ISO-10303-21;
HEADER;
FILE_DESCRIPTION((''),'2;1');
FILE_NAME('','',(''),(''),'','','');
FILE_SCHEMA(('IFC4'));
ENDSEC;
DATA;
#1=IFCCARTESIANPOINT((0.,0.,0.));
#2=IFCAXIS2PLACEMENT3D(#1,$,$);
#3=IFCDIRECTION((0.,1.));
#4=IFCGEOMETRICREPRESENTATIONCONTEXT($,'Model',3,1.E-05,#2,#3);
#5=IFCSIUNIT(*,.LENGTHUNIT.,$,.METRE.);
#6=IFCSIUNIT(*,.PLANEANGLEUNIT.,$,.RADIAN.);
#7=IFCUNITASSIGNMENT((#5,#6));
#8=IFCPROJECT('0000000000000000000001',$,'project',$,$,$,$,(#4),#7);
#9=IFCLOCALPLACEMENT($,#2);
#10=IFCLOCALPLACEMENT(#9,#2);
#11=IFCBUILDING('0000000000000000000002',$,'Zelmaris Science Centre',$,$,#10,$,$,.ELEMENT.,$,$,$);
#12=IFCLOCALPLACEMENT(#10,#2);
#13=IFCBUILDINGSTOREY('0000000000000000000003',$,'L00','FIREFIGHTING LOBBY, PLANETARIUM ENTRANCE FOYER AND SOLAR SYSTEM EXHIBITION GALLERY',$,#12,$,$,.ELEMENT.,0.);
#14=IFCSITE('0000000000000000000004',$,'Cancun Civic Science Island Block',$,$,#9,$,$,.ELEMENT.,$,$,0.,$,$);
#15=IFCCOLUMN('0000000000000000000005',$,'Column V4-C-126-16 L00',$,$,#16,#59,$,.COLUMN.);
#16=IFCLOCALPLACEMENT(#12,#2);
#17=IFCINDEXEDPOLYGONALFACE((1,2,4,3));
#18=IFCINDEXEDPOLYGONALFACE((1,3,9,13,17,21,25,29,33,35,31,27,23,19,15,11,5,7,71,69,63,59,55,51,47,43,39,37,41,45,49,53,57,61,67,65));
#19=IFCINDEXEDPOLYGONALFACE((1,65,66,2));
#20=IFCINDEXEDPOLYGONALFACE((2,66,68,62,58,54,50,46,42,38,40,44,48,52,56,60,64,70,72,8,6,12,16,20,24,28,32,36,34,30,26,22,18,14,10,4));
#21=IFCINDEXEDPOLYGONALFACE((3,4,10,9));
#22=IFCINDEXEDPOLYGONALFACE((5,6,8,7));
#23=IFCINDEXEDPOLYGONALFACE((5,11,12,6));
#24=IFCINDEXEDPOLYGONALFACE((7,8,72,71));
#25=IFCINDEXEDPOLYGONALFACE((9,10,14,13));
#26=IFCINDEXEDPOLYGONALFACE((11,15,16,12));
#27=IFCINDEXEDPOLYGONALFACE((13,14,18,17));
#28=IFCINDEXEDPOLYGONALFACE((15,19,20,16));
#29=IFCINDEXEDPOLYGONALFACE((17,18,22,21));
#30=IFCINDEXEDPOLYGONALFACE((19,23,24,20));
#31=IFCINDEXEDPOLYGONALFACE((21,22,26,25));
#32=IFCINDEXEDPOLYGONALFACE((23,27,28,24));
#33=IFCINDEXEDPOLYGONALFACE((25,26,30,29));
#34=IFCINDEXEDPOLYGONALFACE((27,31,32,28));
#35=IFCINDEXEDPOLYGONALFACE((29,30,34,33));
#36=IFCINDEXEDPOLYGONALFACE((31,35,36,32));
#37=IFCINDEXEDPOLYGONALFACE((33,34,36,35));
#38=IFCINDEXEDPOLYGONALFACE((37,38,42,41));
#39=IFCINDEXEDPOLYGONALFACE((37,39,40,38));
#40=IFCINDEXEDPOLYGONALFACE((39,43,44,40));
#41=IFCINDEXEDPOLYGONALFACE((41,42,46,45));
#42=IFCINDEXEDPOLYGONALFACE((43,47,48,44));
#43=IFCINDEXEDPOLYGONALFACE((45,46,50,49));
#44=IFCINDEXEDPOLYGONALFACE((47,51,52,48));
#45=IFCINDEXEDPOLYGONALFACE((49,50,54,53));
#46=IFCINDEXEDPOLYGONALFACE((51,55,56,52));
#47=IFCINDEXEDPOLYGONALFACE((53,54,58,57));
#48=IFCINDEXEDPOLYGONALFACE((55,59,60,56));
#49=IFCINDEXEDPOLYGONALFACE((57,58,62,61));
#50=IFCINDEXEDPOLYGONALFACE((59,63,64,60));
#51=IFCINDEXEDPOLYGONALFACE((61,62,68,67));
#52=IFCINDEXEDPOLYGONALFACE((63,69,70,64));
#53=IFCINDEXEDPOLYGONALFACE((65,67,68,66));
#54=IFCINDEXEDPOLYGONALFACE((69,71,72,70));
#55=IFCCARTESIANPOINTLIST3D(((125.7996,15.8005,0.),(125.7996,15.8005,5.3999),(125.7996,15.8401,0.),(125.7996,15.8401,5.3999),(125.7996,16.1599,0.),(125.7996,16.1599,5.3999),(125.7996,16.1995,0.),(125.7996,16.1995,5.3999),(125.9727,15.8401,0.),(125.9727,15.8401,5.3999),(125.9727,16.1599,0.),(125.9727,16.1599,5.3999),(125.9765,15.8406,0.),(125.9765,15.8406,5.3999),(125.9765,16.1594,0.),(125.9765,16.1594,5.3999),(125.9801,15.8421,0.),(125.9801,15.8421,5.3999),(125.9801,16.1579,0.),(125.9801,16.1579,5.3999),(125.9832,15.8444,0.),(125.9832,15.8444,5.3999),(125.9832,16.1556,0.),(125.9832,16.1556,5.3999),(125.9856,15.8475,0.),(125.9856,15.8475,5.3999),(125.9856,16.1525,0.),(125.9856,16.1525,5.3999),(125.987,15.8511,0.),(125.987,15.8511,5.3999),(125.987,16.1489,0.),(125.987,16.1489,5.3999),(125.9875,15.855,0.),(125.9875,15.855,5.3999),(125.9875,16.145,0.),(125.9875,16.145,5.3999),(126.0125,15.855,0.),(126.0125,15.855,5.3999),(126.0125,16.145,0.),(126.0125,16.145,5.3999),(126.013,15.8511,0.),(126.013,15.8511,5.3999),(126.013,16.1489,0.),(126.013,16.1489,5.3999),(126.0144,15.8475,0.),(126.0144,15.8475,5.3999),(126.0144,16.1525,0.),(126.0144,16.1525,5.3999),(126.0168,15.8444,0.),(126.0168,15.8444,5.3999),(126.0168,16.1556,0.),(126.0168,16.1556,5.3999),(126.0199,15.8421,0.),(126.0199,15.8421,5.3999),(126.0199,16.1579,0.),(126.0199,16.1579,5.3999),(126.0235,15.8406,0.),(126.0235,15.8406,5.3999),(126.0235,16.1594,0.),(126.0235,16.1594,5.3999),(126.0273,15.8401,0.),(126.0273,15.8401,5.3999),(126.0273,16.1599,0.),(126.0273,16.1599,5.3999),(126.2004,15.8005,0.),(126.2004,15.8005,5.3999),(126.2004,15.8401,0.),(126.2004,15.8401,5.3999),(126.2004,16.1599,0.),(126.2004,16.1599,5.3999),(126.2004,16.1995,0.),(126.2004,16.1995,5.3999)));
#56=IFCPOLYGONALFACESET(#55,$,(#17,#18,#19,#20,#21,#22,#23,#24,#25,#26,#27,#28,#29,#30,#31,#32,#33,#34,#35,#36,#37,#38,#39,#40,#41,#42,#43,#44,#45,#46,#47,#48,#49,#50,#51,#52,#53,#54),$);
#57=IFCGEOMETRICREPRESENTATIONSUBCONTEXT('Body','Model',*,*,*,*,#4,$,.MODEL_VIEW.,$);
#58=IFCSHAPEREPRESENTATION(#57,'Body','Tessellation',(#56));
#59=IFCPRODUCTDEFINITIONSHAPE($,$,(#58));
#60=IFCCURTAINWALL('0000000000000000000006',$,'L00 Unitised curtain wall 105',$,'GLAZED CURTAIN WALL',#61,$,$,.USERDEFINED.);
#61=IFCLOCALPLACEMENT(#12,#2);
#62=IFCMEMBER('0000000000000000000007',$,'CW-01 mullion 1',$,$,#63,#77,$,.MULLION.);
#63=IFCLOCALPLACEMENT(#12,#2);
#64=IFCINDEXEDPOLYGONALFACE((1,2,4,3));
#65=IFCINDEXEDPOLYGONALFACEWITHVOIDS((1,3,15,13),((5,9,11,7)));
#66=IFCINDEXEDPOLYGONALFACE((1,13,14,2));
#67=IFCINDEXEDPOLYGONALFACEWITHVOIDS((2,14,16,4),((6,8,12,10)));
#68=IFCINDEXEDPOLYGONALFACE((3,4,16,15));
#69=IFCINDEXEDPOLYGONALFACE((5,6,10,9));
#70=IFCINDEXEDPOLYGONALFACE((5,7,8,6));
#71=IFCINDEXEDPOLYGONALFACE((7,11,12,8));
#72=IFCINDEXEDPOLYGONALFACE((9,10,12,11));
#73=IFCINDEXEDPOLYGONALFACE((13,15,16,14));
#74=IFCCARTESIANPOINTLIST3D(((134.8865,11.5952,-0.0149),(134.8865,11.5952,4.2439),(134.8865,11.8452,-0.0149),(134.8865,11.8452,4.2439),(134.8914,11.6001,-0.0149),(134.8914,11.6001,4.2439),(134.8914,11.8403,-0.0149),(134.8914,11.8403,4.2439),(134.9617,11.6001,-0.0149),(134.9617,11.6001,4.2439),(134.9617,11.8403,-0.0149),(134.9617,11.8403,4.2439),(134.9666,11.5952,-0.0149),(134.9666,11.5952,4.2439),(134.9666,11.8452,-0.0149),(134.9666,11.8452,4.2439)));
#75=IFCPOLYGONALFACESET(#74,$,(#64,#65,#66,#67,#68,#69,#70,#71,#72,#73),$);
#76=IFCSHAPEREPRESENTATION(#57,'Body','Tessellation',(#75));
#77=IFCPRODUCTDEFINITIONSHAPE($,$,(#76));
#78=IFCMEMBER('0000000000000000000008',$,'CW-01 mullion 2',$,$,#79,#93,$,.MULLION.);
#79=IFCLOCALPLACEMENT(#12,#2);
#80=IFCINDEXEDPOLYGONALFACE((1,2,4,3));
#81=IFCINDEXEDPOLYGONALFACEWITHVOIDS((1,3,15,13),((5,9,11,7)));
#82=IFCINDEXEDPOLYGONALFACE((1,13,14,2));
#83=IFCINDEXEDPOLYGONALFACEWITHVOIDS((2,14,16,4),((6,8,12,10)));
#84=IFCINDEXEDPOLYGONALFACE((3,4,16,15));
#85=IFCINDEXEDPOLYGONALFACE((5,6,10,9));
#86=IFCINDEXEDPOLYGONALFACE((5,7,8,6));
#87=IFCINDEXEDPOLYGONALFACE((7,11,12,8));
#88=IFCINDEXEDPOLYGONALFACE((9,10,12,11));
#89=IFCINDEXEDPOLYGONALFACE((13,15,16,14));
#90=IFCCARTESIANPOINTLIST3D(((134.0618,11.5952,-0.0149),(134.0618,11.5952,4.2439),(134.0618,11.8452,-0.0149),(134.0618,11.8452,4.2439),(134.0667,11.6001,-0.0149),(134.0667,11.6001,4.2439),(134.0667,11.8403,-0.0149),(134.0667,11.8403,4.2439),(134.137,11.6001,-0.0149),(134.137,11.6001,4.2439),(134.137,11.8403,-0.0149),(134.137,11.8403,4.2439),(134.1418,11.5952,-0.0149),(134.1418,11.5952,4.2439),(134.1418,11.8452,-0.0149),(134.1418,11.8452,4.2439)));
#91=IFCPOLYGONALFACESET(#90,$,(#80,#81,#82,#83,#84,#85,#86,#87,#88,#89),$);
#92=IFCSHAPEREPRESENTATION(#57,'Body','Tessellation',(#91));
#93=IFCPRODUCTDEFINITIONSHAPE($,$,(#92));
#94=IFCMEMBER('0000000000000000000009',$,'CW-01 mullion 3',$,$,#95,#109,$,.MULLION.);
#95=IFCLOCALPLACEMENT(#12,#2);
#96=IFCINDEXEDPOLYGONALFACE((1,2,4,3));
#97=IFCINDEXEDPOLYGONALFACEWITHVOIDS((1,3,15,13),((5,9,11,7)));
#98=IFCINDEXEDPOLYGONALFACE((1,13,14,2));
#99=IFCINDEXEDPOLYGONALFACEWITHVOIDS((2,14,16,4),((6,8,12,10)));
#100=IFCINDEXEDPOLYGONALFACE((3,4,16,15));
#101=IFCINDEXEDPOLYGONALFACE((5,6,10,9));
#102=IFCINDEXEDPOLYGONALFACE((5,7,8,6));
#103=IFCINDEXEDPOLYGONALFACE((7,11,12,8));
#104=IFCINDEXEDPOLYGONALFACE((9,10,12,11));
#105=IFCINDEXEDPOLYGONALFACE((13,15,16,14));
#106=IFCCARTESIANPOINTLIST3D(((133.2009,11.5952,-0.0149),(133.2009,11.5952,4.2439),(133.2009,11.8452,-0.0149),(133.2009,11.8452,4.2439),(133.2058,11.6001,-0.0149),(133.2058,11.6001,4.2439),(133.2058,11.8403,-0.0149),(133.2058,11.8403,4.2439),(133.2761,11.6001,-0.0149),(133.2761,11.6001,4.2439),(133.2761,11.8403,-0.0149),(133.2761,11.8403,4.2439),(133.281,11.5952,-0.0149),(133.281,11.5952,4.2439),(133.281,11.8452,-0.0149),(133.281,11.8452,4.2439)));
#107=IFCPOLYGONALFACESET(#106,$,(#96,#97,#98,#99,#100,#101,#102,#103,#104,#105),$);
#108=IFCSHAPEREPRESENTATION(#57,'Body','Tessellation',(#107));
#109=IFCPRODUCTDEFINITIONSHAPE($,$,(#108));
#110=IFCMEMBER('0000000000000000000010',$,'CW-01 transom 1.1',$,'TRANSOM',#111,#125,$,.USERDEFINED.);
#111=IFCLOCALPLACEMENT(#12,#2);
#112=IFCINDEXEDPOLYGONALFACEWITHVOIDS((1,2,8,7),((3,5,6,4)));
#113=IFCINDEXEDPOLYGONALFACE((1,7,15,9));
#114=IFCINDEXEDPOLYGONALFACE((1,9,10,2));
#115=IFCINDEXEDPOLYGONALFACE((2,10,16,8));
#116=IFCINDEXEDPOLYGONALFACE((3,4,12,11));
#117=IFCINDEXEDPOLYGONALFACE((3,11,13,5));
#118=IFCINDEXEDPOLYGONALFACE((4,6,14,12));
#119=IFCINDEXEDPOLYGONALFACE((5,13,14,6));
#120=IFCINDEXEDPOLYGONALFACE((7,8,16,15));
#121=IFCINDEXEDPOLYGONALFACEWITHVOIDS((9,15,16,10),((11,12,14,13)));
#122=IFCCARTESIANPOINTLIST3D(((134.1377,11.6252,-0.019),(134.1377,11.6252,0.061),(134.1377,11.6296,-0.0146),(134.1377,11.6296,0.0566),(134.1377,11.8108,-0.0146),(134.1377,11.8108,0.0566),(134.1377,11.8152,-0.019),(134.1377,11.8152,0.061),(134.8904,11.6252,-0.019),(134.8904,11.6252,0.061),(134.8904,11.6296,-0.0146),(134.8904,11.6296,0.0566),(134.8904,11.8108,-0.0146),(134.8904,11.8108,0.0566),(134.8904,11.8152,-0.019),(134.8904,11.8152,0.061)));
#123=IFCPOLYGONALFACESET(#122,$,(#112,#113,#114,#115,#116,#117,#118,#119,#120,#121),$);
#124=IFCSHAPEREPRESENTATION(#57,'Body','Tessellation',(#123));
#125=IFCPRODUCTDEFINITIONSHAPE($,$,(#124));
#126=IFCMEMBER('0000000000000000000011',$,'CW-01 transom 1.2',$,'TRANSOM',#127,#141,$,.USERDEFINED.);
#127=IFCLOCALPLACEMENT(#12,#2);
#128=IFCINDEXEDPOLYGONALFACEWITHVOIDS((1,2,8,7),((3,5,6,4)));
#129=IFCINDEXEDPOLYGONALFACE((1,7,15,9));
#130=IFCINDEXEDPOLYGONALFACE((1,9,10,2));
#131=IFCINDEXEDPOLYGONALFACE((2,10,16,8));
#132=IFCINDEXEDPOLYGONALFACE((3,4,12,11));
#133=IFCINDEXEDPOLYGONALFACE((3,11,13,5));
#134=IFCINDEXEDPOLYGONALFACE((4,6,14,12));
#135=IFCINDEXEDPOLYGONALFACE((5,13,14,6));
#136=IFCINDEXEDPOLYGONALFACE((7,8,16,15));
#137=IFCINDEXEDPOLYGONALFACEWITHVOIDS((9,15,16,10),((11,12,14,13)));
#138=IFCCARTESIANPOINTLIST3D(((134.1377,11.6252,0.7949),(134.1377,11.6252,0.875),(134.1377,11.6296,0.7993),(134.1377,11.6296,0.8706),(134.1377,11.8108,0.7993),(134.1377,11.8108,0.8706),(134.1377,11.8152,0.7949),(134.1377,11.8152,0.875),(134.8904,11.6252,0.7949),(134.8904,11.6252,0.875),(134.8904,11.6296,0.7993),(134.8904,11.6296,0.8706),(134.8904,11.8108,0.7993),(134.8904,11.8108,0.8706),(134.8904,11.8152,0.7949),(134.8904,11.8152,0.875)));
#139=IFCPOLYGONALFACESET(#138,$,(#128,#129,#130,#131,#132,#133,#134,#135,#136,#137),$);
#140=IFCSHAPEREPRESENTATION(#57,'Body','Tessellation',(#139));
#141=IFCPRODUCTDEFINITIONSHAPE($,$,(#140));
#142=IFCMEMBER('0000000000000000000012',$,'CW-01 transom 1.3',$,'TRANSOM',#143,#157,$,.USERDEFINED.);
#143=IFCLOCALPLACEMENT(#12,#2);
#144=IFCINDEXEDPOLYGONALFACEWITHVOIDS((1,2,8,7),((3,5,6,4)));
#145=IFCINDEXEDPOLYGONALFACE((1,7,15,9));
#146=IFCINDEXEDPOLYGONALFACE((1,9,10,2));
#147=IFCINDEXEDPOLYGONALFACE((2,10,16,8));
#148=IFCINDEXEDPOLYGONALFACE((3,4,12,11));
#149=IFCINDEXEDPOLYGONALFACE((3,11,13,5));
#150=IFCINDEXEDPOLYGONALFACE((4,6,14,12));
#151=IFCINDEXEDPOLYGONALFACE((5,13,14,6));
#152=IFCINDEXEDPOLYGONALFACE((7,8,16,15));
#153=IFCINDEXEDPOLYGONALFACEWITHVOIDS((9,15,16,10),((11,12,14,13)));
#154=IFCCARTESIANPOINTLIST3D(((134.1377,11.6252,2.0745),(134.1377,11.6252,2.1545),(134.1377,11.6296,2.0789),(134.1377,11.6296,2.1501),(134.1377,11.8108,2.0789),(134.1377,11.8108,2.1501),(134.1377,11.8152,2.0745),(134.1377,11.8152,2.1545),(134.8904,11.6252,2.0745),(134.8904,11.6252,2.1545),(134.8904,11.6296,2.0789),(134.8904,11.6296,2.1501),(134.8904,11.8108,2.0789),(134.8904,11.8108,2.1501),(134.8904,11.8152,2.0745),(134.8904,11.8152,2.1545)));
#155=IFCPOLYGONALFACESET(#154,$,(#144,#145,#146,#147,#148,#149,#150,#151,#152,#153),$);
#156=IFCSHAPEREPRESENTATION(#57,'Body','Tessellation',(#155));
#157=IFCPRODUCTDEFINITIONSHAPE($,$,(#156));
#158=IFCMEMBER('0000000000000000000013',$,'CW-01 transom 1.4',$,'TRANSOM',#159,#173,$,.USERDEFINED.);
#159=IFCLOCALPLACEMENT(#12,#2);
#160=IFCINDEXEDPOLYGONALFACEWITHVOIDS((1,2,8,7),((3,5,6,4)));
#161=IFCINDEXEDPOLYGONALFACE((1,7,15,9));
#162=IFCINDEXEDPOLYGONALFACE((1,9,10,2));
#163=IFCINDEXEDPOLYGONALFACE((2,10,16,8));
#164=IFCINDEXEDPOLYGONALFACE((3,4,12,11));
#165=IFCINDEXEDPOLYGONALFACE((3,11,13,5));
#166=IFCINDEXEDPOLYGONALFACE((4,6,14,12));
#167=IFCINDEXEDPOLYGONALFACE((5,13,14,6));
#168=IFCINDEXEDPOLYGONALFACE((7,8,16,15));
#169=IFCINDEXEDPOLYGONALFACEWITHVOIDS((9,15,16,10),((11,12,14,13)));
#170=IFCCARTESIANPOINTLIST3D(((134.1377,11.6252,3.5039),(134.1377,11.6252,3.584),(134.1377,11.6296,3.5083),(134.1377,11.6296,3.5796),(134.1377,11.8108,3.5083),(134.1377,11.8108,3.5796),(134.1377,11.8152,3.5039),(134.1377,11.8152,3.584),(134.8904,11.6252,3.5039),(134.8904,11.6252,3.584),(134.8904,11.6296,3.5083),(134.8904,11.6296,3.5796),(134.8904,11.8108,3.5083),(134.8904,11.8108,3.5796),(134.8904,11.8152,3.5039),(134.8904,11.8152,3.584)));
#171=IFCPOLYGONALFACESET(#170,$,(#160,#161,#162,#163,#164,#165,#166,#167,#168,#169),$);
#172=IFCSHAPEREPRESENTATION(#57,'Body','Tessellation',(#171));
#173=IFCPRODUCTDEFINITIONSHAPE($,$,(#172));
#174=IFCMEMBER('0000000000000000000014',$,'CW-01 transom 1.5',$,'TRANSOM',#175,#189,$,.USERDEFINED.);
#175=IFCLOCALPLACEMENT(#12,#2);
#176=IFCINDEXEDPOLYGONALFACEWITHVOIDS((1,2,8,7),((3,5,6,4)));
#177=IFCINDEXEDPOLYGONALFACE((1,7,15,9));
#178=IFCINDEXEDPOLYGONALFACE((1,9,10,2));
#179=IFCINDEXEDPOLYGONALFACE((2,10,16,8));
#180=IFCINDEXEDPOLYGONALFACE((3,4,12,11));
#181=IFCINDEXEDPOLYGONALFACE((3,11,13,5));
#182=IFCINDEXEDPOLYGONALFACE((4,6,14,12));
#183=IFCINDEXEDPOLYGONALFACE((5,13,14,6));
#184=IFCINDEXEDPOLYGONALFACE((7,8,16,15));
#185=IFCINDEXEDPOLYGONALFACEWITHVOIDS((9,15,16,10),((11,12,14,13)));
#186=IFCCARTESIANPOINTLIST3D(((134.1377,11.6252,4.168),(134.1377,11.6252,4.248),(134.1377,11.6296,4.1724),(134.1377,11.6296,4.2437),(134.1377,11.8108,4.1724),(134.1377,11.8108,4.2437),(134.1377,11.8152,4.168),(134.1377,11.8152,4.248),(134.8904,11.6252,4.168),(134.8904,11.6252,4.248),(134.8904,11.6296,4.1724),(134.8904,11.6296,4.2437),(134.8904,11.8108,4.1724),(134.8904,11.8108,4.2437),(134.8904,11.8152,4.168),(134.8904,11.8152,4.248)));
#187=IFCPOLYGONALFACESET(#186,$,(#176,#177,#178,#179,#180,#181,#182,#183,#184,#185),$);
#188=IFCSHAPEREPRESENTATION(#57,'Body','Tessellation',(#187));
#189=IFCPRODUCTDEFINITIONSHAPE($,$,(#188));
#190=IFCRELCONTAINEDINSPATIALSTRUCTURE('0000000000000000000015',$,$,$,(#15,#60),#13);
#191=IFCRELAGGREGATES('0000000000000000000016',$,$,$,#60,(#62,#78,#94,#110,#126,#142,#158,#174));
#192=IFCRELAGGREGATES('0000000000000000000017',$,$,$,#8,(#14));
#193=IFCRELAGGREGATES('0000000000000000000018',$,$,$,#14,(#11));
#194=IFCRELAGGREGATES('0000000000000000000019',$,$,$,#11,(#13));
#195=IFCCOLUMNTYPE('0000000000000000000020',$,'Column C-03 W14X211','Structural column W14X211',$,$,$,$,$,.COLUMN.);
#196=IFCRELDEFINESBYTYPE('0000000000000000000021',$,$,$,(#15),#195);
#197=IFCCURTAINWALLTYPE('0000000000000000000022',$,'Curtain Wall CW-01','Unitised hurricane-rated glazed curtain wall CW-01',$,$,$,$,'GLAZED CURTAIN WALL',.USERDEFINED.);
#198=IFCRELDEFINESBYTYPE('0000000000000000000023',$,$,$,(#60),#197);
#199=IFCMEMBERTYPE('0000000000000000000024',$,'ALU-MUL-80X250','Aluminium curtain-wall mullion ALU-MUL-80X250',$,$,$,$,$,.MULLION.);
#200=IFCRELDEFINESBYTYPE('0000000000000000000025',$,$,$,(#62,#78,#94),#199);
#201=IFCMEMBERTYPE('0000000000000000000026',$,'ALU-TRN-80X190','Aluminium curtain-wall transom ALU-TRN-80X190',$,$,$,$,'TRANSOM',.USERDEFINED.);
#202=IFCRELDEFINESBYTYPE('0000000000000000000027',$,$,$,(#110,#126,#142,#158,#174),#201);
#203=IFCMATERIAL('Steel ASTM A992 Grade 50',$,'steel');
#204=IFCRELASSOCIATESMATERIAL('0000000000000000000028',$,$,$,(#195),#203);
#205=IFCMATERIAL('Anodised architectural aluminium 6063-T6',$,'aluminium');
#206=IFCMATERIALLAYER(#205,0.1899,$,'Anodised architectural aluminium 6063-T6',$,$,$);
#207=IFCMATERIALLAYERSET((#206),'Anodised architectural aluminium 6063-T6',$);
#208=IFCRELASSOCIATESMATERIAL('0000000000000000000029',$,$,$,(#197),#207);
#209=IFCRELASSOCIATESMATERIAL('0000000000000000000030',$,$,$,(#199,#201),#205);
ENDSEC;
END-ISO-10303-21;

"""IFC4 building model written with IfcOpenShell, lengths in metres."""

from ifc_helpers import new_model, si_unit, direction, frame, origin, origin_2d, place, context, subcontext, project, spatial, hollow_rectangle, i_section, extrude, material, layer, layer_set, material_profile, profile_set, type_object, element, aggregate, save


model = new_model("IFC4")

# Units and contexts
model_context = context("Model", 3, precision=1e-05, world=origin(), true_north=direction((0.0, 1.0)))
body_context = subcontext(model_context, "Body", "Model", "MODEL_VIEW")
ifc_project = project(units=[si_unit("LENGTHUNIT", "METRE"), si_unit("PLANEANGLEUNIT", "RADIAN")], contexts=[model_context])

# Site, building, storey
site_placement = place(None, origin())
site = spatial("IfcSite", under=ifc_project, at=site_placement, Name="Cancun Civic Science Island Block", CompositionType="ELEMENT", RefElevation=0.0)
building_placement = place(site_placement, origin())
building = spatial("IfcBuilding", under=site, at=building_placement, Name="Zelmaris Science Centre", CompositionType="ELEMENT")
storey_placement = place(building_placement, origin())
storey = spatial("IfcBuildingStorey", under=building, at=storey_placement, Name="L00", Description="FIREFIGHTING LOBBY, PLANETARIUM ENTRANCE FOYER AND SOLAR SYSTEM EXHIBITION GALLERY", CompositionType="ELEMENT", Elevation=0.0)

# Column
ifc_material_1 = material(Name="Steel ASTM A992 Grade 50", Category="steel")
ifc_material_profile_1 = material_profile(ifc_material_1, i_section(OverallWidth=0.4009, OverallDepth=0.3989, WebThickness=0.0249, FlangeThickness=0.0396, FilletRadius=0.0149, at=origin_2d()), Name="W14X211")
ifc_profile_set_1 = profile_set([ifc_material_profile_1], Name="Steel ASTM A992 Grade 50")
column_type = type_object("IfcColumnType", Name="Column C-03 W14X211", Description="Structural column W14X211", PredefinedType="COLUMN", material=ifc_profile_set_1)
column_placement = place(storey_placement, frame((126.0, 16.0, 0.0), z_axis=(0.0, 0.0, 1.0), x_axis=(1.0, 0.0, 0.0)))
element("IfcColumn", 1, at=column_placement, inside=storey, type_object=column_type, Name="Column V4-C-126-16 L00", PredefinedType="COLUMN", context=body_context, shape_type="SweptSolid", body=[
    extrude(i_section(OverallWidth=0.4009, OverallDepth=0.3989, WebThickness=0.0249, FlangeThickness=0.0396, FilletRadius=0.0149, at=origin_2d()), origin(), (0.0, 0.0, 1.0), 5.3999),
])

# Curtain wall, members
ifc_material_2 = material(Name="Anodised architectural aluminium 6063-T6", Category="aluminium")
ifc_layer_1 = layer(ifc_material_2, 0.1899, Name="Anodised architectural aluminium 6063-T6")
ifc_layer_set_1 = layer_set([ifc_layer_1], Name="Anodised architectural aluminium 6063-T6")
curtain_wall_type = type_object("IfcCurtainWallType", Name="Curtain Wall CW-01", Description="Unitised hurricane-rated glazed curtain wall CW-01", ElementType="GLAZED CURTAIN WALL", PredefinedType="USERDEFINED", material=ifc_layer_set_1)
curtain_wall_placement = place(storey_placement, origin())
curtain_wall = element("IfcCurtainWall", 2, at=curtain_wall_placement, inside=storey, type_object=curtain_wall_type, Name="L00 Unitised curtain wall 105", ObjectType="GLAZED CURTAIN WALL", PredefinedType="USERDEFINED")
ifc_material_profile_2 = material_profile(ifc_material_2, hollow_rectangle(XDim=0.0801, YDim=0.25, WallThickness=0.0049, at=origin_2d()), Name="ALU-MUL-80X250")
ifc_profile_set_2 = profile_set([ifc_material_profile_2], Name="Anodised architectural aluminium 6063-T6")
member_type_1 = type_object("IfcMemberType", Name="ALU-MUL-80X250", Description="Aluminium curtain-wall mullion ALU-MUL-80X250", PredefinedType="MULLION", material=ifc_profile_set_2)
member_1_placement = place(storey_placement, frame((134.9265, 11.7202, -0.0149), z_axis=(0.0, 0.0, 1.0), x_axis=(-1.0, 0.0, 0.0)))
member_1 = element("IfcMember", 3, at=member_1_placement, type_object=member_type_1, Name="CW-01 mullion 1", PredefinedType="MULLION", context=body_context, shape_type="SweptSolid", body=[
    extrude(hollow_rectangle(XDim=0.0801, YDim=0.25, WallThickness=0.0049, at=origin_2d()), origin(), (0.0, 0.0, 1.0), 4.2588),
])
member_2_placement = place(storey_placement, frame((134.1018, 11.7202, -0.0149), z_axis=(0.0, 0.0, 1.0), x_axis=(-1.0, 0.0, 0.0)))
member_2 = element("IfcMember", 4, at=member_2_placement, type_object=member_type_1, Name="CW-01 mullion 2", PredefinedType="MULLION", context=body_context, shape_type="SweptSolid", body=[
    extrude(hollow_rectangle(XDim=0.0801, YDim=0.25, WallThickness=0.0049, at=origin_2d()), origin(), (0.0, 0.0, 1.0), 4.2588),
])
member_3_placement = place(storey_placement, frame((133.241, 11.7202, -0.0149), z_axis=(0.0, 0.0, 1.0), x_axis=(-1.0, 0.0, 0.0)))
member_3 = element("IfcMember", 5, at=member_3_placement, type_object=member_type_1, Name="CW-01 mullion 3", PredefinedType="MULLION", context=body_context, shape_type="SweptSolid", body=[
    extrude(hollow_rectangle(XDim=0.0801, YDim=0.25, WallThickness=0.0049, at=origin_2d()), origin(), (0.0, 0.0, 1.0), 4.2588),
])
ifc_material_profile_3 = material_profile(ifc_material_2, hollow_rectangle(XDim=0.0801, YDim=0.1899, WallThickness=0.0044, at=origin_2d()), Name="ALU-TRN-80X190")
ifc_profile_set_3 = profile_set([ifc_material_profile_3], Name="Anodised architectural aluminium 6063-T6")
member_type_2 = type_object("IfcMemberType", Name="ALU-TRN-80X190", Description="Aluminium curtain-wall transom ALU-TRN-80X190", ElementType="TRANSOM", PredefinedType="USERDEFINED", material=ifc_profile_set_3)
member_4_placement = place(storey_placement, frame((134.8904, 11.7202, 0.021), z_axis=(-1.0, 0.0, 0.0), x_axis=(0.0, 0.0, 1.0)))
member_4 = element("IfcMember", 6, at=member_4_placement, type_object=member_type_2, Name="CW-01 transom 1.1", ObjectType="TRANSOM", PredefinedType="USERDEFINED", context=body_context, shape_type="SweptSolid", body=[
    extrude(hollow_rectangle(XDim=0.0801, YDim=0.1899, WallThickness=0.0044, at=origin_2d()), origin(), (0.0, 0.0, 1.0), 0.7527),
])
member_5_placement = place(storey_placement, frame((134.8904, 11.7202, 0.835), z_axis=(-1.0, 0.0, 0.0), x_axis=(0.0, 0.0, 1.0)))
member_5 = element("IfcMember", 7, at=member_5_placement, type_object=member_type_2, Name="CW-01 transom 1.2", ObjectType="TRANSOM", PredefinedType="USERDEFINED", context=body_context, shape_type="SweptSolid", body=[
    extrude(hollow_rectangle(XDim=0.0801, YDim=0.1899, WallThickness=0.0044, at=origin_2d()), origin(), (0.0, 0.0, 1.0), 0.7527),
])
member_6_placement = place(storey_placement, frame((134.8904, 11.7202, 2.1145), z_axis=(-1.0, 0.0, 0.0), x_axis=(0.0, 0.0, 1.0)))
member_6 = element("IfcMember", 8, at=member_6_placement, type_object=member_type_2, Name="CW-01 transom 1.3", ObjectType="TRANSOM", PredefinedType="USERDEFINED", context=body_context, shape_type="SweptSolid", body=[
    extrude(hollow_rectangle(XDim=0.0801, YDim=0.1899, WallThickness=0.0044, at=origin_2d()), origin(), (0.0, 0.0, 1.0), 0.7527),
])
member_7_placement = place(storey_placement, frame((134.8904, 11.7202, 3.5439), z_axis=(-1.0, 0.0, 0.0), x_axis=(0.0, 0.0, 1.0)))
member_7 = element("IfcMember", 9, at=member_7_placement, type_object=member_type_2, Name="CW-01 transom 1.4", ObjectType="TRANSOM", PredefinedType="USERDEFINED", context=body_context, shape_type="SweptSolid", body=[
    extrude(hollow_rectangle(XDim=0.0801, YDim=0.1899, WallThickness=0.0044, at=origin_2d()), origin(), (0.0, 0.0, 1.0), 0.7527),
])
member_8_placement = place(storey_placement, frame((134.8904, 11.7202, 4.208), z_axis=(-1.0, 0.0, 0.0), x_axis=(0.0, 0.0, 1.0)))
member_8 = element("IfcMember", 10, at=member_8_placement, type_object=member_type_2, Name="CW-01 transom 1.5", ObjectType="TRANSOM", PredefinedType="USERDEFINED", context=body_context, shape_type="SweptSolid", body=[
    extrude(hollow_rectangle(XDim=0.0801, YDim=0.1899, WallThickness=0.0044, at=origin_2d()), origin(), (0.0, 0.0, 1.0), 0.7527),
])

aggregate(curtain_wall, [member_1, member_2, member_3, member_4, member_5, member_6, member_7, member_8])

save(model, "model.ifc")
